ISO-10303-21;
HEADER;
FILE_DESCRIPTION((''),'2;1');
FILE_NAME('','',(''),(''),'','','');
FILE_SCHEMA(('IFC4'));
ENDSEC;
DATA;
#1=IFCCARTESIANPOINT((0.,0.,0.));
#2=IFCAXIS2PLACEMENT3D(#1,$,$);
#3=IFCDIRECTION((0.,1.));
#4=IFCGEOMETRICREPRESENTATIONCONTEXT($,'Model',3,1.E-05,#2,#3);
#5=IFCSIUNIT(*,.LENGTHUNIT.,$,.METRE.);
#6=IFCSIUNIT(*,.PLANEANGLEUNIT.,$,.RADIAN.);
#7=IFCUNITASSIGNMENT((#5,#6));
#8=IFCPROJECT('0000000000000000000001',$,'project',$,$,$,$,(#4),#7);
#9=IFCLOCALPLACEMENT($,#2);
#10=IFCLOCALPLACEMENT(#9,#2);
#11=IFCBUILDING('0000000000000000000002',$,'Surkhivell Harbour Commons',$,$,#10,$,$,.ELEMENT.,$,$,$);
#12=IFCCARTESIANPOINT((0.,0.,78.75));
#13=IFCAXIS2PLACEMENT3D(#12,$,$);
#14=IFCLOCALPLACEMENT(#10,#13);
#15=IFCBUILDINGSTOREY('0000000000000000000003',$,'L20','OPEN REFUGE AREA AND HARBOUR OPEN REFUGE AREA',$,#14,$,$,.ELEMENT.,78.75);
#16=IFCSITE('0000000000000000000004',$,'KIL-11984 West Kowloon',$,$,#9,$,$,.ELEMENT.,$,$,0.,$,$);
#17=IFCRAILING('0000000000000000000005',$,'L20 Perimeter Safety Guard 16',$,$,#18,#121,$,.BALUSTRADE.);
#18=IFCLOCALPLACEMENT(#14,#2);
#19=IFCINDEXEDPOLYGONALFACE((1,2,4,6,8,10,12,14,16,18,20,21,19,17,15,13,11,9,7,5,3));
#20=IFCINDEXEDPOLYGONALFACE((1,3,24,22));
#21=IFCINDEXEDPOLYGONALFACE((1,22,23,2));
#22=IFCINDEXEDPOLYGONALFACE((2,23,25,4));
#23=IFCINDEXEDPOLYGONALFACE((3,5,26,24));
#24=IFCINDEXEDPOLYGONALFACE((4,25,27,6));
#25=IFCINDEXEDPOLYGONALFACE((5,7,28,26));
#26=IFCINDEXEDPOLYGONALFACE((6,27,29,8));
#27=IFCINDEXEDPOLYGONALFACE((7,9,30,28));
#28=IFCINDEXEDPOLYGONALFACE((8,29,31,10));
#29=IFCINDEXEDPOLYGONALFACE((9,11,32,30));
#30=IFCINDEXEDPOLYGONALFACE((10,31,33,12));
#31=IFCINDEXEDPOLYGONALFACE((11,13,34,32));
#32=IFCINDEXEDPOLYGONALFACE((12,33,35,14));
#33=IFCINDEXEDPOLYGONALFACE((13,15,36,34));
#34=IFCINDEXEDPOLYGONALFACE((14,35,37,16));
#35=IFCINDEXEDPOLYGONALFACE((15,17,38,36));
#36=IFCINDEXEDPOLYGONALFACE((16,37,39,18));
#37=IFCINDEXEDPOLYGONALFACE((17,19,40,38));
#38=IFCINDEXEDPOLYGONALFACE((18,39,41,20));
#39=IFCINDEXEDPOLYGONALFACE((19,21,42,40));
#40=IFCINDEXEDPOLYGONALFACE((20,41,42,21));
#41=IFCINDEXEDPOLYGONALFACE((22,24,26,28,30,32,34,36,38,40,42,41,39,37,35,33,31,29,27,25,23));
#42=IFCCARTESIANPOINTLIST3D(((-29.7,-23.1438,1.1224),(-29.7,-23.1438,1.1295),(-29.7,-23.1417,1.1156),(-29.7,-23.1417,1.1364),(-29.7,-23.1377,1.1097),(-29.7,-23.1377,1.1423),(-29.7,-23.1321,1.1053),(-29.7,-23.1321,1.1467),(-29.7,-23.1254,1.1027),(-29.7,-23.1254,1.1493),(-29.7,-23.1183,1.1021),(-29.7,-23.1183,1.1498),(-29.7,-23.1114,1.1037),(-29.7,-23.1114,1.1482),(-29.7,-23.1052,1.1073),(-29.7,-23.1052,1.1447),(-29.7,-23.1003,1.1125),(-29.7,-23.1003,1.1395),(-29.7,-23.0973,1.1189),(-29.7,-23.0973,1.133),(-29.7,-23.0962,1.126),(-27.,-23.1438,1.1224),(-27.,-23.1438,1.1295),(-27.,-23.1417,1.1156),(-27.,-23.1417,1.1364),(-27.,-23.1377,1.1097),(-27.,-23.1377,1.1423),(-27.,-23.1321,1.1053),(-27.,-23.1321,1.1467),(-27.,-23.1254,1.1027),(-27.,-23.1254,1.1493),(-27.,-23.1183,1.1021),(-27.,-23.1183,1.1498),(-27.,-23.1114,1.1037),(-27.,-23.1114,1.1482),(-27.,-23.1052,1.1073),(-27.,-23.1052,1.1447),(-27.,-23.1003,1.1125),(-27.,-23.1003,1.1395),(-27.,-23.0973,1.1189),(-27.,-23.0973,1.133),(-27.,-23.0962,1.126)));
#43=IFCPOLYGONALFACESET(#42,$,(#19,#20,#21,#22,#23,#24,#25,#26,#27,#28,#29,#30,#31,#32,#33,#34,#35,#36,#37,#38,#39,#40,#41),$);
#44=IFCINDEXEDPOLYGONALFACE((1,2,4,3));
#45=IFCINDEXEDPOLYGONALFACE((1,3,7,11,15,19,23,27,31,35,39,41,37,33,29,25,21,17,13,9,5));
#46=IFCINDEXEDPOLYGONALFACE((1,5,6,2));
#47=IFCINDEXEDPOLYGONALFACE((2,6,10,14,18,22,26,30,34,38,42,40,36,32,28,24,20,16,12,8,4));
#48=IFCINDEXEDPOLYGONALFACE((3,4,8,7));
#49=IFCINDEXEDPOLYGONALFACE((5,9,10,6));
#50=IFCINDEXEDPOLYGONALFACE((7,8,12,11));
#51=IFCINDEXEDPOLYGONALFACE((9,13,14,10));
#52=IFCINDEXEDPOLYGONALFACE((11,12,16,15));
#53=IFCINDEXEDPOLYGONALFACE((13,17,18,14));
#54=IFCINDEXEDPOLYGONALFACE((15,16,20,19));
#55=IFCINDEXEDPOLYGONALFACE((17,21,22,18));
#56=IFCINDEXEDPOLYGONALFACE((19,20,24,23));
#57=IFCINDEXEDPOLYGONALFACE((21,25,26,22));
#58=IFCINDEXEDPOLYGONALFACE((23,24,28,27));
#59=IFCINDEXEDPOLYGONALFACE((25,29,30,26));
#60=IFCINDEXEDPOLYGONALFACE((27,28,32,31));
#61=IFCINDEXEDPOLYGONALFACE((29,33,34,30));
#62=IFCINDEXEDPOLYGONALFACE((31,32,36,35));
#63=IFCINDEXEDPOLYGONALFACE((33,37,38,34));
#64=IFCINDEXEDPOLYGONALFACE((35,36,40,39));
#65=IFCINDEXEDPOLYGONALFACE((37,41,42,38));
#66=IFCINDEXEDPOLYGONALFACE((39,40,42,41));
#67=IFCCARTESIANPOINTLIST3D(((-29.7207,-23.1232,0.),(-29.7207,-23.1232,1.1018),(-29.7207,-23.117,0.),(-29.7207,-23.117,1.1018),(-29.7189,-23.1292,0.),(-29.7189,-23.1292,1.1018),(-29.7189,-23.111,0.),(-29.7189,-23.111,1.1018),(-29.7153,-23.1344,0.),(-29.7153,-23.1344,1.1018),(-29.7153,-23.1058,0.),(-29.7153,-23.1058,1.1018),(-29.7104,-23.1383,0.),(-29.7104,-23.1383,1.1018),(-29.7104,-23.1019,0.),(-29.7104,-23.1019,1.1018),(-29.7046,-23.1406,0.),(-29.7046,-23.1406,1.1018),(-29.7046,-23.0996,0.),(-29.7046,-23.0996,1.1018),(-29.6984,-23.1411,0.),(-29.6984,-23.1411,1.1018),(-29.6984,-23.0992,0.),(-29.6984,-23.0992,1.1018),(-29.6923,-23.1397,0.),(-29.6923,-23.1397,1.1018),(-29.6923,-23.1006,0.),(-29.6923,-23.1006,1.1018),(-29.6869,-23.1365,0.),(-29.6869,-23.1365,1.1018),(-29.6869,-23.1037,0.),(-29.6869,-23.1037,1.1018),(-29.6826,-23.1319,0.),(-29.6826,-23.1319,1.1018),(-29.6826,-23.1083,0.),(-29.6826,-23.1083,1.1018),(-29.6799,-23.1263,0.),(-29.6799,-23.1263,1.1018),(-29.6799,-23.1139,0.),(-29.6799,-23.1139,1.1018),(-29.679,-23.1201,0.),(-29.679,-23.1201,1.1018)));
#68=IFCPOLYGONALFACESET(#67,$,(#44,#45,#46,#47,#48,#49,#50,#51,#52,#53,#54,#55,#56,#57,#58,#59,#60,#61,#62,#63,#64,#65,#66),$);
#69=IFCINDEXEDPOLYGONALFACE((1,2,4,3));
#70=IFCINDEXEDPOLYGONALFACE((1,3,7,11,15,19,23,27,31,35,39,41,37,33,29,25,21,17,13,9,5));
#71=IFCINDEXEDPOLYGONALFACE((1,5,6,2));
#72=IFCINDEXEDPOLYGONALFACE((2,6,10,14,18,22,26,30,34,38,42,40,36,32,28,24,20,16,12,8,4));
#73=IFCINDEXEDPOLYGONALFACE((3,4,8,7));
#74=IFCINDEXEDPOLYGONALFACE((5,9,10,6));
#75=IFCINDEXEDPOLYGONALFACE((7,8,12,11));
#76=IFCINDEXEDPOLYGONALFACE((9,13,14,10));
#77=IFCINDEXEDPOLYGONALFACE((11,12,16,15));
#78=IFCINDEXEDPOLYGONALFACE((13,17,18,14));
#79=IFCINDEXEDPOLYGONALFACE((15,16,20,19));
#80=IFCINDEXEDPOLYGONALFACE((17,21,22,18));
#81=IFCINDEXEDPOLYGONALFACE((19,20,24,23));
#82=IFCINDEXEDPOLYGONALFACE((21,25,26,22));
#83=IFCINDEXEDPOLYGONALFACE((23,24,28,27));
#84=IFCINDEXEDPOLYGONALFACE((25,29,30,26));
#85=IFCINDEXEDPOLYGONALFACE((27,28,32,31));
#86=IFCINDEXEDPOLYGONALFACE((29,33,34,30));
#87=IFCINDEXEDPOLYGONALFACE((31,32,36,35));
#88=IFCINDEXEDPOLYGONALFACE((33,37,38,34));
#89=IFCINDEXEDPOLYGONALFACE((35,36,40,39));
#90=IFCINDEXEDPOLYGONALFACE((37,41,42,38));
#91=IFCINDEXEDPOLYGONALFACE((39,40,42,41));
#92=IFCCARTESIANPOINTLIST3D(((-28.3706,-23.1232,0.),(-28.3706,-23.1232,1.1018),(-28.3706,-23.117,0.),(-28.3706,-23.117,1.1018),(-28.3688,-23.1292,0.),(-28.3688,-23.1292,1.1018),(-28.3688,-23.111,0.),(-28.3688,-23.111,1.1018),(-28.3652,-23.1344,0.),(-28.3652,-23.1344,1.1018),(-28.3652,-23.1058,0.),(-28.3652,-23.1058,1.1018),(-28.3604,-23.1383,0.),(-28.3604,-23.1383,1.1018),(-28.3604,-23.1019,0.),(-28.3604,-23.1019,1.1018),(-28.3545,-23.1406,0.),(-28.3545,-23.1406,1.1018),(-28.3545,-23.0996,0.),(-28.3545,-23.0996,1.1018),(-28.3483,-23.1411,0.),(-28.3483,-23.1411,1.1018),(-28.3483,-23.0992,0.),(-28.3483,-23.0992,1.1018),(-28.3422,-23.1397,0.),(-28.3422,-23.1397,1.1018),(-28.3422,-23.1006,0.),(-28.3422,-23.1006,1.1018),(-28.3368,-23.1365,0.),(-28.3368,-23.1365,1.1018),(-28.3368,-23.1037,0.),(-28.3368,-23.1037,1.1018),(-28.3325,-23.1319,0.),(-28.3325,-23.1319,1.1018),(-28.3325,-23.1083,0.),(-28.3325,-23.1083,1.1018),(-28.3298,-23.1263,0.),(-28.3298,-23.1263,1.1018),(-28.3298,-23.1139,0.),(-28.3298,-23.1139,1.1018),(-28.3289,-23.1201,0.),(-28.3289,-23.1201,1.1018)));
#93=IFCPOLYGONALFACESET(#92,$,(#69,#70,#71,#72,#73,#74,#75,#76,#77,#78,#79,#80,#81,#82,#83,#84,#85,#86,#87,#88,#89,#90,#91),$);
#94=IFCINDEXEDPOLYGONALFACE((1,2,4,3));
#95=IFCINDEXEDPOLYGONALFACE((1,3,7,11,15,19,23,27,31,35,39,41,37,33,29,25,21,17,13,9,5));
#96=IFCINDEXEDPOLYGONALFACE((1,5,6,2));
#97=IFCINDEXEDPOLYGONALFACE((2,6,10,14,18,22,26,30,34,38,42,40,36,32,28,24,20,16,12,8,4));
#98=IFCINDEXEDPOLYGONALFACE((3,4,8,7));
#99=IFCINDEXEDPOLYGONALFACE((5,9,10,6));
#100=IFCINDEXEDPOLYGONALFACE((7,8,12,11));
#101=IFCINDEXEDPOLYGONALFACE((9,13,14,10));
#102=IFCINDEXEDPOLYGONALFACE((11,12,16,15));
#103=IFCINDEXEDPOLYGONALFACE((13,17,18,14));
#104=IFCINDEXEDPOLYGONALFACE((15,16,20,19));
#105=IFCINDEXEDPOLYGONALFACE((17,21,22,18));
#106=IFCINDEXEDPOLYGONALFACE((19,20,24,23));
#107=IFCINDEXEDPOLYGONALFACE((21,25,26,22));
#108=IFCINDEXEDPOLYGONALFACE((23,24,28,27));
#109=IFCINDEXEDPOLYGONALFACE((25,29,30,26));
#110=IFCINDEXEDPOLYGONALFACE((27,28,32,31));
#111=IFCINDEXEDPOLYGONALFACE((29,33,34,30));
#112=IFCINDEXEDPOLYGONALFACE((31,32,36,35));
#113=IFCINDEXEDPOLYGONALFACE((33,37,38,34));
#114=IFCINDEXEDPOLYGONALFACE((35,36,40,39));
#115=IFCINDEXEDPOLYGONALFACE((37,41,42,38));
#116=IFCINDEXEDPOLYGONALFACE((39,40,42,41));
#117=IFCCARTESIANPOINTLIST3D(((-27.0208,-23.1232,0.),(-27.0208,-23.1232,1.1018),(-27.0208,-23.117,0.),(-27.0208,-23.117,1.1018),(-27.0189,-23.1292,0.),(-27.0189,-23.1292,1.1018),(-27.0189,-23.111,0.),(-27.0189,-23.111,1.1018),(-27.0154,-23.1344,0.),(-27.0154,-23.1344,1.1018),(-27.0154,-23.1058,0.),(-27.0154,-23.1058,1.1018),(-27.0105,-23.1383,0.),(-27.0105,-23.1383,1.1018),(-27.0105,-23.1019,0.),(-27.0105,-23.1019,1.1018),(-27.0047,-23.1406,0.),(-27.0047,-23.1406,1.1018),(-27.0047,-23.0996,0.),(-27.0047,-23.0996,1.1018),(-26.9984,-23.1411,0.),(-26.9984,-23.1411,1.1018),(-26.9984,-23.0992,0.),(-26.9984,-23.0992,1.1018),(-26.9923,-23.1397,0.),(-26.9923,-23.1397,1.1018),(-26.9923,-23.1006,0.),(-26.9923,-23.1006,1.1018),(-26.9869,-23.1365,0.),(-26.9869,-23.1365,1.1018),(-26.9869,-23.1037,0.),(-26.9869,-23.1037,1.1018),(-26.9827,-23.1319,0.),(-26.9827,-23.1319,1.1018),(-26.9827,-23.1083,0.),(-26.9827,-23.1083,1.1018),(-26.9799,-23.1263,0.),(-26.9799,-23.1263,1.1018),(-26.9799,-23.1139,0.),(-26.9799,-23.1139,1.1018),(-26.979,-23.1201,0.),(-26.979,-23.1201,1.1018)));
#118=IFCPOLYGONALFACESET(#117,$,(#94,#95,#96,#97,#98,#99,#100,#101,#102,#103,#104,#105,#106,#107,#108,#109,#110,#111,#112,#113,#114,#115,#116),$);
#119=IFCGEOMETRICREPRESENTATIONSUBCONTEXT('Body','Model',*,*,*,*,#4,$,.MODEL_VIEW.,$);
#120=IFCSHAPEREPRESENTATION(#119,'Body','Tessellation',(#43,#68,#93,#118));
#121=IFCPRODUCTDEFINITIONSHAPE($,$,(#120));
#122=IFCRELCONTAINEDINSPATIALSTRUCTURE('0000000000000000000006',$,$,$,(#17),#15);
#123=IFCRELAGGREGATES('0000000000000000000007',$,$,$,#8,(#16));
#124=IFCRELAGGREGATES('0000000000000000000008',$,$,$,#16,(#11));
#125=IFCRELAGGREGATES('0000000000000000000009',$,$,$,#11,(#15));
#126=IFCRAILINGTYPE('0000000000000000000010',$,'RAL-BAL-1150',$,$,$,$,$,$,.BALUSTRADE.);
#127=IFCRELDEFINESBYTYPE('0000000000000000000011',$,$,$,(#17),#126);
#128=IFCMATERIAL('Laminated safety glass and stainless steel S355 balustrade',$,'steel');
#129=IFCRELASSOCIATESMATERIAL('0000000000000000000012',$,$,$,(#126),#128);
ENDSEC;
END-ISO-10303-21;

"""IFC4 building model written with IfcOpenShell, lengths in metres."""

from ifc_helpers import new_model, si_unit, direction, frame, origin, origin_2d, place, context, subcontext, project, spatial, circle, extrude, material, type_object, element, save


model = new_model("IFC4")

# Units and contexts
model_context = context("Model", 3, precision=1e-05, world=origin(), true_north=direction((0.0, 1.0)))
body_context = subcontext(model_context, "Body", "Model", "MODEL_VIEW")
ifc_project = project(units=[si_unit("LENGTHUNIT", "METRE"), si_unit("PLANEANGLEUNIT", "RADIAN")], contexts=[model_context])

# Site, building, storey
site_placement = place(None, origin())
site = spatial("IfcSite", under=ifc_project, at=site_placement, Name="KIL-11984 West Kowloon", CompositionType="ELEMENT", RefElevation=0.0)
building_placement = place(site_placement, origin())
building = spatial("IfcBuilding", under=site, at=building_placement, Name="Surkhivell Harbour Commons", CompositionType="ELEMENT")
storey_placement = place(building_placement, frame((0.0, 0.0, 78.75)))
storey = spatial("IfcBuildingStorey", under=building, at=storey_placement, Name="L20", Description="OPEN REFUGE AREA AND HARBOUR OPEN REFUGE AREA", CompositionType="ELEMENT", Elevation=78.75)

# Railing
ifc_material_1 = material(Name="Laminated safety glass and stainless steel S355 balustrade", Category="steel")
railing_type = type_object("IfcRailingType", Name="RAL-BAL-1150", PredefinedType="BALUSTRADE", material=ifc_material_1)
railing_1_placement = place(storey_placement, frame((-29.7, -23.1201, 0.0)))
element("IfcRailing", 1, at=railing_1_placement, inside=storey, type_object=railing_type, Name="L20 Perimeter Safety Guard 16", PredefinedType="BALUSTRADE", context=body_context, shape_type="SweptSolid", body=[
    extrude(circle(Radius=0.0239, at=origin_2d()), frame((0.0, 0.0, 1.126), z_axis=(1.0, 0.0, 0.0), x_axis=(0.0, 1.0, 0.0)), (0.0, 0.0, 1.0), 2.7),
    extrude(circle(Radius=0.021, at=origin_2d()), origin(), (0.0, 0.0, 1.0), 1.1018),
    extrude(circle(Radius=0.021, at=origin_2d()), frame((1.3501, 0.0, 0.0)), (0.0, 0.0, 1.0), 1.1018),
    extrude(circle(Radius=0.021, at=origin_2d()), frame((2.7, 0.0, 0.0)), (0.0, 0.0, 1.0), 1.1018),
])

save(model, "model.ifc")
